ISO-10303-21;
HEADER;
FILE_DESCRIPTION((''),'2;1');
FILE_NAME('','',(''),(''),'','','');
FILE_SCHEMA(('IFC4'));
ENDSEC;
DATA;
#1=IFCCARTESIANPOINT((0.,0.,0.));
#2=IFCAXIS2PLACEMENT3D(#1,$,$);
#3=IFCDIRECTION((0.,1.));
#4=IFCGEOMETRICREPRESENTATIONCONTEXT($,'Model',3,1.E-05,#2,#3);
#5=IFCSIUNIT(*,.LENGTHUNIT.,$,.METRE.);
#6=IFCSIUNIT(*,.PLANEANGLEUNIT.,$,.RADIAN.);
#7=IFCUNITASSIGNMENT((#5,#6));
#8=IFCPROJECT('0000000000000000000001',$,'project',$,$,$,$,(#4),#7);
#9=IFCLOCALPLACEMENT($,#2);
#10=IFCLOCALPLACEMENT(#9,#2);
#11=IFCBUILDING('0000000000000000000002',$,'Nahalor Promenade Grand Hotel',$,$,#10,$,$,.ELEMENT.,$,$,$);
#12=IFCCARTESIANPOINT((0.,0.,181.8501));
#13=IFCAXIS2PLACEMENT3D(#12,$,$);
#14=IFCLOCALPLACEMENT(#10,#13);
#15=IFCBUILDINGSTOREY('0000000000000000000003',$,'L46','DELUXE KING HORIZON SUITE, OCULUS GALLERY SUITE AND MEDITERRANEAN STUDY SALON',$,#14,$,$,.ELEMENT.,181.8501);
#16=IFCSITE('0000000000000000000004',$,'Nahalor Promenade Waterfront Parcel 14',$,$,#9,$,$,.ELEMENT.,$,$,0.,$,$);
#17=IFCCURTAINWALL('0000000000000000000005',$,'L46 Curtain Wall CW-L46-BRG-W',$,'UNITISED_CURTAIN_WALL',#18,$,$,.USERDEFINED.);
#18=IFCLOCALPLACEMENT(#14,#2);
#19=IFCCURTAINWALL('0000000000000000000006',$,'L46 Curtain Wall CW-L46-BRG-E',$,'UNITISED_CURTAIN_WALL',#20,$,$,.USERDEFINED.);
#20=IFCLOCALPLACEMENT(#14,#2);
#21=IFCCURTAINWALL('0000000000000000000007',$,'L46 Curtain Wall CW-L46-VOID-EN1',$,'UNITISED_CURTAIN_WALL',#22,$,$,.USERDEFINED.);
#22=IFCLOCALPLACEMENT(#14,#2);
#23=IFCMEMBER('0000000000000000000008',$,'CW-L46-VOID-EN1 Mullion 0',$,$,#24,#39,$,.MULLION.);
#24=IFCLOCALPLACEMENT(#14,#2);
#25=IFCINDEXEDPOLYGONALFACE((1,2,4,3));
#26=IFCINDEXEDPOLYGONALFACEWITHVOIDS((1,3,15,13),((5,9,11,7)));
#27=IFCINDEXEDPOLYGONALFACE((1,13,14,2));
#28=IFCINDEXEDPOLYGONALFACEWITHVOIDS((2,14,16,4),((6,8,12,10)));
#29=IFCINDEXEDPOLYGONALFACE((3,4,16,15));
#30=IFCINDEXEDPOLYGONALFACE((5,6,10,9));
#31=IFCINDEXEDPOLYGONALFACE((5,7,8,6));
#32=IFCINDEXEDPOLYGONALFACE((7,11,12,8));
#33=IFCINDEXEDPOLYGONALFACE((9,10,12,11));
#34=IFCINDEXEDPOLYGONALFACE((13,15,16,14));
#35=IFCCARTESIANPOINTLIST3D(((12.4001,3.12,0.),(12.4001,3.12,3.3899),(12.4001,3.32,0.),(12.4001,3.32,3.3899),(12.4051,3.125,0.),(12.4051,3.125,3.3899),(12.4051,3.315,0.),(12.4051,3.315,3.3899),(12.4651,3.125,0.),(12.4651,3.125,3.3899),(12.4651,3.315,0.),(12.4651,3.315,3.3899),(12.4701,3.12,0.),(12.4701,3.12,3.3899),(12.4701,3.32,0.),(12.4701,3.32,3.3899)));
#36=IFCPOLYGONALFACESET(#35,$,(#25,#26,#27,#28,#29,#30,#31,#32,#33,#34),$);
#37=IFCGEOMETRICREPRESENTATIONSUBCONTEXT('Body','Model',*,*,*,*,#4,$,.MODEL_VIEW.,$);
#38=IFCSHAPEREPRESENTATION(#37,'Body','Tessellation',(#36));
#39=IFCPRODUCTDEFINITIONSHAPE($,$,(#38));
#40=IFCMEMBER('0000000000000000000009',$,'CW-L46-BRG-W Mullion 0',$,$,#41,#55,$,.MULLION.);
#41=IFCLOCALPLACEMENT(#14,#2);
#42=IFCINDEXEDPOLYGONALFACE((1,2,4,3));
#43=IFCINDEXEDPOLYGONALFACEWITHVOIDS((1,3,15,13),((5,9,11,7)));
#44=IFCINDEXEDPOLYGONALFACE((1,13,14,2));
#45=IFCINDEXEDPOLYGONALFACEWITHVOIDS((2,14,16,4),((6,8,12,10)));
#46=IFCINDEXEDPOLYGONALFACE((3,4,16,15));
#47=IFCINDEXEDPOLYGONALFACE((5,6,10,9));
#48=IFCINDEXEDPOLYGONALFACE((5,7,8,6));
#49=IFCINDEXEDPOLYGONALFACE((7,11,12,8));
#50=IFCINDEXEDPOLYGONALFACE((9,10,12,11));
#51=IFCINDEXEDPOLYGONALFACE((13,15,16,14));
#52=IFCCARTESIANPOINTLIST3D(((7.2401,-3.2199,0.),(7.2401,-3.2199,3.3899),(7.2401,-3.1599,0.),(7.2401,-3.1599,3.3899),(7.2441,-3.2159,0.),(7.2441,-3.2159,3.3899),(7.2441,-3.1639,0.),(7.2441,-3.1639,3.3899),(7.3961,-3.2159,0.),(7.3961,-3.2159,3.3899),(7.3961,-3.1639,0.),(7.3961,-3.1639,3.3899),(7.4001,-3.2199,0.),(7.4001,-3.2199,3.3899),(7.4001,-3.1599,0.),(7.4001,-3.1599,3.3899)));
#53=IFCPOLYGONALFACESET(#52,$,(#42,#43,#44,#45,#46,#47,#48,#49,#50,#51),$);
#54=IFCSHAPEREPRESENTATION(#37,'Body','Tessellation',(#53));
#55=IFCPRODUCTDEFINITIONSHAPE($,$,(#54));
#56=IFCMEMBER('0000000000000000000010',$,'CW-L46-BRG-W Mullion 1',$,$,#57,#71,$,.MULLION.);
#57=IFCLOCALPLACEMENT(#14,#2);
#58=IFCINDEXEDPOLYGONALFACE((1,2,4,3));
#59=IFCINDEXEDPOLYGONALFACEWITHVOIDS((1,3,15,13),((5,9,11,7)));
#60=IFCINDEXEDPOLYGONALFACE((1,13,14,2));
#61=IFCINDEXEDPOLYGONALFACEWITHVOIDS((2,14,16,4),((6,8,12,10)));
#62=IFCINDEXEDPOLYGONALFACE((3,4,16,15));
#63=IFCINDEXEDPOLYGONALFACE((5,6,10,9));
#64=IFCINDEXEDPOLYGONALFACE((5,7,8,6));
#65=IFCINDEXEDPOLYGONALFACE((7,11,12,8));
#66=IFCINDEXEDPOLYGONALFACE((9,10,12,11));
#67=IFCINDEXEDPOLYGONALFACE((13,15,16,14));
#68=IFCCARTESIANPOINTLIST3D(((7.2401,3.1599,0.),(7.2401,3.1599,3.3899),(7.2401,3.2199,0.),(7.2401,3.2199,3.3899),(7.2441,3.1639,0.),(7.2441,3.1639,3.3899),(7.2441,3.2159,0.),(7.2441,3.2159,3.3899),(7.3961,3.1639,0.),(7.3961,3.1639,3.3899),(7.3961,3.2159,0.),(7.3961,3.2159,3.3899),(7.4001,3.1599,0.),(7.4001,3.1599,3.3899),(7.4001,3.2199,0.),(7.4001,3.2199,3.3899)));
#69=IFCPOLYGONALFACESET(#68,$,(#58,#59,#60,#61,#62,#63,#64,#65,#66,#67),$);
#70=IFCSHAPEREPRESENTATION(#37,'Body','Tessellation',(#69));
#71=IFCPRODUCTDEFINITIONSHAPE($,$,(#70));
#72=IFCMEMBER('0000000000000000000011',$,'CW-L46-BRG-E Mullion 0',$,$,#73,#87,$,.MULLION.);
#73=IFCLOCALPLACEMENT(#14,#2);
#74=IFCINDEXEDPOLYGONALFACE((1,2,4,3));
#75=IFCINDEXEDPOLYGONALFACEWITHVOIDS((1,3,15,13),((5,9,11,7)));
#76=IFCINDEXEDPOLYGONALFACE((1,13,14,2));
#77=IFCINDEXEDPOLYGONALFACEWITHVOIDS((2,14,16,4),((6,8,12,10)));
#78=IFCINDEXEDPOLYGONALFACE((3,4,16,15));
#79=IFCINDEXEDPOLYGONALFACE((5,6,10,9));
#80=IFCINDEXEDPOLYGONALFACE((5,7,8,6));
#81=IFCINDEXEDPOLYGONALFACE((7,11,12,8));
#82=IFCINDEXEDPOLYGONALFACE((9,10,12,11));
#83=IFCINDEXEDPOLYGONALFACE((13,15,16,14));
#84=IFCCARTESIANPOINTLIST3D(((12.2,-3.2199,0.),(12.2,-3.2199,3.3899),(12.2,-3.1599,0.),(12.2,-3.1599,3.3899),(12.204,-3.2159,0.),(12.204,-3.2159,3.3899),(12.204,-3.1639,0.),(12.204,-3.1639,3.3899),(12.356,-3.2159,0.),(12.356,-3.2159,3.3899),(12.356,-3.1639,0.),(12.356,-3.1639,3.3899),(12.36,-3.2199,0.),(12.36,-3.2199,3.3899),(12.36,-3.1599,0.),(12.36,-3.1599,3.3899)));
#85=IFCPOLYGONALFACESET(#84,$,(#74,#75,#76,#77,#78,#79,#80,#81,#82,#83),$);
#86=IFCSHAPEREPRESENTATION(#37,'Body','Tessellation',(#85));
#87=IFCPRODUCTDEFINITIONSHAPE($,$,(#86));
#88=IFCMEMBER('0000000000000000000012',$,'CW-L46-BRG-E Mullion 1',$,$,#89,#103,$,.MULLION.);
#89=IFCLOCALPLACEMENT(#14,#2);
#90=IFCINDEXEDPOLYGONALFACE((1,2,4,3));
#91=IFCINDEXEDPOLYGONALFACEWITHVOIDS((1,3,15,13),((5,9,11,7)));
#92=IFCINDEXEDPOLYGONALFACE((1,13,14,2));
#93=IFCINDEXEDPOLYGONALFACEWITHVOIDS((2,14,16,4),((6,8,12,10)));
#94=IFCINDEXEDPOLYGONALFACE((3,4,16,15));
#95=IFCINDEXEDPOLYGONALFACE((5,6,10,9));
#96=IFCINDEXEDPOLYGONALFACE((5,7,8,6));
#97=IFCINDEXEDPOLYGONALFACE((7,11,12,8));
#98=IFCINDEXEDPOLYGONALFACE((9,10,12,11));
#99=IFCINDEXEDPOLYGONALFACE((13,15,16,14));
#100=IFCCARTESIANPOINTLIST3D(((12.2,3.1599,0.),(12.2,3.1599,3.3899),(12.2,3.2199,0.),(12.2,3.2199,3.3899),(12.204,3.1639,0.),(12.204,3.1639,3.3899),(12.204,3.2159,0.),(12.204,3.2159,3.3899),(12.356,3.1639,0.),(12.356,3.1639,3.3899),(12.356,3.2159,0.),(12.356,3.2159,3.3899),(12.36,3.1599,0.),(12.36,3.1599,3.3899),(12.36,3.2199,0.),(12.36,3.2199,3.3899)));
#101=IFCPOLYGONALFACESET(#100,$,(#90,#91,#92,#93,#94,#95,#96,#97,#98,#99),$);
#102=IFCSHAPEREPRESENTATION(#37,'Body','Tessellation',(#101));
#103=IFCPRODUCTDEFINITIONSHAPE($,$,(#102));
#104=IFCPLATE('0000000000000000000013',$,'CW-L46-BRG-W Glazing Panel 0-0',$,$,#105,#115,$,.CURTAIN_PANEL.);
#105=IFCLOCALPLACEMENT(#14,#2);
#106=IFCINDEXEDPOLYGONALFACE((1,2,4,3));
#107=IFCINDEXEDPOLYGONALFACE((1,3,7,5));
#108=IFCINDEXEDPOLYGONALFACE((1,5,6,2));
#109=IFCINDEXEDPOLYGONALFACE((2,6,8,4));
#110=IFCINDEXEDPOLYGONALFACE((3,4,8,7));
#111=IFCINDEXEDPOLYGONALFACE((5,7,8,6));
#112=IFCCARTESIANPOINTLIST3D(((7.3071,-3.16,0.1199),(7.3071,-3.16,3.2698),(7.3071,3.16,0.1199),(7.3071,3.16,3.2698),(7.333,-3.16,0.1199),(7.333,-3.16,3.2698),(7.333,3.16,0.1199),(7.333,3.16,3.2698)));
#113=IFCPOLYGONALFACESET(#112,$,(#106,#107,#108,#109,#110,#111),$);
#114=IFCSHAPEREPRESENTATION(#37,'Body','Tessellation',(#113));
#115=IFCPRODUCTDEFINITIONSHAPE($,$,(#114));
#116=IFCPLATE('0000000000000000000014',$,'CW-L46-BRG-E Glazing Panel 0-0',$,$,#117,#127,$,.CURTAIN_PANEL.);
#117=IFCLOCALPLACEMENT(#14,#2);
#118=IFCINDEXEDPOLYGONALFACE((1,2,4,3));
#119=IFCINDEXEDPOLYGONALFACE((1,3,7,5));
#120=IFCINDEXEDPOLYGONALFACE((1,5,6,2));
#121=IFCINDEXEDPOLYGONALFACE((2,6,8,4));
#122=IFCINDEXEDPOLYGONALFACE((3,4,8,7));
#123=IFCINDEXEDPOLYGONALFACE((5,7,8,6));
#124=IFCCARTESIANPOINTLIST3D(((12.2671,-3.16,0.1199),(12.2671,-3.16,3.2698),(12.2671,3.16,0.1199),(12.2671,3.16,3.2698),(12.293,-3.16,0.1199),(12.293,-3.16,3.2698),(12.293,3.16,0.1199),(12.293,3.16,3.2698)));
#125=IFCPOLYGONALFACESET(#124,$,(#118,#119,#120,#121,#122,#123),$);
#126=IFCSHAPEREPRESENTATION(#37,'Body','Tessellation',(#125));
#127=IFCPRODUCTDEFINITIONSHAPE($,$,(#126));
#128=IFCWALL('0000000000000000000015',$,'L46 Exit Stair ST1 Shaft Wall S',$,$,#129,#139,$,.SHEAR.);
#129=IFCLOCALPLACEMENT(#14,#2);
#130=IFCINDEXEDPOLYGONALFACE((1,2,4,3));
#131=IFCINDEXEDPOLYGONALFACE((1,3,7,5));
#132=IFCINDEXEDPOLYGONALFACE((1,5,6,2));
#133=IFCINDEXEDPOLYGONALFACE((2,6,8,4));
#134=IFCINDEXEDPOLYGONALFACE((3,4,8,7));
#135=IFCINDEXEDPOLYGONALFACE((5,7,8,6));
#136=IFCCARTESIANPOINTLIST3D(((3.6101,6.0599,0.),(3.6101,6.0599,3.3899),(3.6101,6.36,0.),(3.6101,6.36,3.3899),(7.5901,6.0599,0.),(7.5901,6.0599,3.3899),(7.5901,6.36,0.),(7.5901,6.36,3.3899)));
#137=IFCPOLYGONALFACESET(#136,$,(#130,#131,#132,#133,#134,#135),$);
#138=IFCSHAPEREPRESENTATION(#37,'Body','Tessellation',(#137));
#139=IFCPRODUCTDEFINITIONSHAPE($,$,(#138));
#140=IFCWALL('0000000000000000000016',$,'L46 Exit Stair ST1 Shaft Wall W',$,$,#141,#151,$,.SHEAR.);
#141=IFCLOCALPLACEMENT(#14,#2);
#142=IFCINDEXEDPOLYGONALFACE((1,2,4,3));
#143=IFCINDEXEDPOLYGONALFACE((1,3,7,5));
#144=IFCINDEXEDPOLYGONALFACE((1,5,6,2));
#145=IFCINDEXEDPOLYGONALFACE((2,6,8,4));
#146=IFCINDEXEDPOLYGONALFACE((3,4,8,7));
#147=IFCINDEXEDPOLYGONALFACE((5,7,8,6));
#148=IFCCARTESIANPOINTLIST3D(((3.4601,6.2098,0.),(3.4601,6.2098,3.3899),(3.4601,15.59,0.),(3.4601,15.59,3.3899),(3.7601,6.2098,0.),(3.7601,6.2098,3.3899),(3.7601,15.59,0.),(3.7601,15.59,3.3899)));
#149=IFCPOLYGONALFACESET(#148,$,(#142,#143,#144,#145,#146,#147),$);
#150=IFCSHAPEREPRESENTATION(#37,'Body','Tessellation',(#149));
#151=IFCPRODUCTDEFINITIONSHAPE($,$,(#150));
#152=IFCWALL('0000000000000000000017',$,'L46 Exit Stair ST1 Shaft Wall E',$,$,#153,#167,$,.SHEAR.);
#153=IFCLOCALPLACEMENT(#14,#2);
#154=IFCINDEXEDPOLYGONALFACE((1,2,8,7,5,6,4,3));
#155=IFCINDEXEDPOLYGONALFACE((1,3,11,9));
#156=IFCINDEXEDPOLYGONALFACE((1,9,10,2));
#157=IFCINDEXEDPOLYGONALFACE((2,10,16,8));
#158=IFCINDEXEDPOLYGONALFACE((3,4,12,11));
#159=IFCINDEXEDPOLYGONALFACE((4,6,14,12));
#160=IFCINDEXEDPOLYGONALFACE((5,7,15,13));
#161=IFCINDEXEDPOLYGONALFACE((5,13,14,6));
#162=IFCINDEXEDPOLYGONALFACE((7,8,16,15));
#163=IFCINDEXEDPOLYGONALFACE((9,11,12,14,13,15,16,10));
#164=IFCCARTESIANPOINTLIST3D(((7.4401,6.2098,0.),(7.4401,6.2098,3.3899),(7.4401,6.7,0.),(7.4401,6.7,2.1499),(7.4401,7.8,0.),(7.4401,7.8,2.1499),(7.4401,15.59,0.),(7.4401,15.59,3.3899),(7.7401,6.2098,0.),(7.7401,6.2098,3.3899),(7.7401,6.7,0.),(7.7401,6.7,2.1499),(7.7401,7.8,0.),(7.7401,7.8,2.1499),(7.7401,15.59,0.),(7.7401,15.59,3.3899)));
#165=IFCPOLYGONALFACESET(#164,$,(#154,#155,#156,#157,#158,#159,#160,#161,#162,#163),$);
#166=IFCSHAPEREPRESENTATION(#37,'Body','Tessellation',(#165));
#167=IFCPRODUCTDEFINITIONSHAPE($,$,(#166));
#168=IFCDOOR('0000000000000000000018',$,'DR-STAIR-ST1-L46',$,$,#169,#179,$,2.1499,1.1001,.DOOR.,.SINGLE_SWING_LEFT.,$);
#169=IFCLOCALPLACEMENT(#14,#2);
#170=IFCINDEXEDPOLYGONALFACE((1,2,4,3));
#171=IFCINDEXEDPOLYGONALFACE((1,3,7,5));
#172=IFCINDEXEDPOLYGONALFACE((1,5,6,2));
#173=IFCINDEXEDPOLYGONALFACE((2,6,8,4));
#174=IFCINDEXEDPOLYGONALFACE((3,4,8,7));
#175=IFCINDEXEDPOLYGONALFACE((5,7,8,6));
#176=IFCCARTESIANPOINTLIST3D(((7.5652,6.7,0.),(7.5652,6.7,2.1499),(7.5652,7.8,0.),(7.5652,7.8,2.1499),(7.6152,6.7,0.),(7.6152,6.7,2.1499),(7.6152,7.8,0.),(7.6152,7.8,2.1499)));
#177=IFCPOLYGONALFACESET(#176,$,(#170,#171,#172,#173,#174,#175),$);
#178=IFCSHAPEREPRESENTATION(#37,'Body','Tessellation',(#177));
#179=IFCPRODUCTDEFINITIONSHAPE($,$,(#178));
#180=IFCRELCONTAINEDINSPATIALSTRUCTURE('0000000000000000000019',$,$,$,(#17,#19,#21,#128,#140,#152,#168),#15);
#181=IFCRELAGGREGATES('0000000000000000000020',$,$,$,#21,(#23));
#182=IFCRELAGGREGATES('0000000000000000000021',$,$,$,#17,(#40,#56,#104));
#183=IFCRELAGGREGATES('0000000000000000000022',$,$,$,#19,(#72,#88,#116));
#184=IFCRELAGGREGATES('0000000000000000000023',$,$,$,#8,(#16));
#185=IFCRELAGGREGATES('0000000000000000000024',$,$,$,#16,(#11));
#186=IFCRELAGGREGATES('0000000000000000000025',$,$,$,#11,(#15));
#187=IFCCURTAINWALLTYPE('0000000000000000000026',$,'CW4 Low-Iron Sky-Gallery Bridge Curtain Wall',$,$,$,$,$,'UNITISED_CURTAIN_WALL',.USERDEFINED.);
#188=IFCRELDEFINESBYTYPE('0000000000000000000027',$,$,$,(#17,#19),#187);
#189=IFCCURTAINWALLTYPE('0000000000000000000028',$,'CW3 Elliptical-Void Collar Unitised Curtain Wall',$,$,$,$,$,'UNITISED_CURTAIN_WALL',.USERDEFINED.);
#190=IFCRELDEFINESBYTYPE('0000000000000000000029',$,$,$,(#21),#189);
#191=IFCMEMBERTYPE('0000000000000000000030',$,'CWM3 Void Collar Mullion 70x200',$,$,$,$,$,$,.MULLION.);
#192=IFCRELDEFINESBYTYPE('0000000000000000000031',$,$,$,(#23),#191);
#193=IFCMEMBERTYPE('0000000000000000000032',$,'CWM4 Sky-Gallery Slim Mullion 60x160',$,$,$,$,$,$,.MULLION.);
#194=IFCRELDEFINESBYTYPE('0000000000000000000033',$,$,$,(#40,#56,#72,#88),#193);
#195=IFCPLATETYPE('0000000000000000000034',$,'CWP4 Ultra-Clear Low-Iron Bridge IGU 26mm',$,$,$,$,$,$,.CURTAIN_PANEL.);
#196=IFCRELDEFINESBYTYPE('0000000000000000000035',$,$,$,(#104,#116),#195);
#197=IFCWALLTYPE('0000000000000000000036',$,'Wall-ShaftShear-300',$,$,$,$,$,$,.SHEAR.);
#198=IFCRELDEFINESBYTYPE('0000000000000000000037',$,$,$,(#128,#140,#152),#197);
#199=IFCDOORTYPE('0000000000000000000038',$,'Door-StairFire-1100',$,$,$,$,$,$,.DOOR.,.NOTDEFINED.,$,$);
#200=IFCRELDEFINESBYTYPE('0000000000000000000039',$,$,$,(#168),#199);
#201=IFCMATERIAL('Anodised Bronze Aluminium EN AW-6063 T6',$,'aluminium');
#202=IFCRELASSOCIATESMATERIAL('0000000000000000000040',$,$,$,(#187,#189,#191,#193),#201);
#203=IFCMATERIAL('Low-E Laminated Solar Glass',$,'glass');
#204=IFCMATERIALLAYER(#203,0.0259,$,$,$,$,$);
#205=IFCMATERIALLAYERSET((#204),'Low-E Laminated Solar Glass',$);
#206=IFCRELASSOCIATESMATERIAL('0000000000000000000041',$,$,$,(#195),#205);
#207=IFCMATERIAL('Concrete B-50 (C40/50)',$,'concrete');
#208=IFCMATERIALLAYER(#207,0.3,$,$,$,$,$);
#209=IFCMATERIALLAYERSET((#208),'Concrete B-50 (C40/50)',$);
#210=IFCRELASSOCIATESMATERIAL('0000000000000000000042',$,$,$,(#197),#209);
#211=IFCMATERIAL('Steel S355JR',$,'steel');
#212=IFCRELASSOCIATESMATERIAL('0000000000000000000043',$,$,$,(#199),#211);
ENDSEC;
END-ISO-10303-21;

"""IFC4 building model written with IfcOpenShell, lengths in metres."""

from ifc_helpers import new_model, si_unit, direction, frame, frame_2d, origin, origin_2d, place, context, subcontext, project, spatial, rectangle, hollow_rectangle, extrude, source, transform, mapped, material, layer, layer_set, material_profile, profile_set, type_object, element, fill, aggregate, save


model = new_model("IFC4")

# Units and contexts
model_context = context("Model", 3, precision=1e-05, world=origin(), true_north=direction((0.0, 1.0)))
body_context = subcontext(model_context, "Body", "Model", "MODEL_VIEW")
ifc_project = project(units=[si_unit("LENGTHUNIT", "METRE"), si_unit("PLANEANGLEUNIT", "RADIAN")], contexts=[model_context])

# Site, building, storey
site_placement = place(None, origin())
site = spatial("IfcSite", under=ifc_project, at=site_placement, Name="Nahalor Promenade Waterfront Parcel 14", CompositionType="ELEMENT", RefElevation=0.0)
building_placement = place(site_placement, origin())
building = spatial("IfcBuilding", under=site, at=building_placement, Name="Nahalor Promenade Grand Hotel", CompositionType="ELEMENT")
storey_placement = place(building_placement, frame((0.0, 0.0, 181.8501)))
storey = spatial("IfcBuildingStorey", under=building, at=storey_placement, Name="L46", Description="DELUXE KING HORIZON SUITE, OCULUS GALLERY SUITE AND MEDITERRANEAN STUDY SALON", CompositionType="ELEMENT", Elevation=181.8501)

# Shared definitions
ifc_material_1 = material(Name="Steel S355JR", Category="steel")

# Curtain walls
ifc_material_2 = material(Name="Anodised Bronze Aluminium EN AW-6063 T6", Category="aluminium")
curtain_wall_type_1 = type_object("IfcCurtainWallType", Name="CW4 Low-Iron Sky-Gallery Bridge Curtain Wall", ElementType="UNITISED_CURTAIN_WALL", PredefinedType="USERDEFINED", material=ifc_material_2)
curtain_wall_1_placement = place(storey_placement, origin())
curtain_wall_1 = element("IfcCurtainWall", 1, at=curtain_wall_1_placement, inside=storey, type_object=curtain_wall_type_1, Name="L46 Curtain Wall CW-L46-BRG-W", ObjectType="UNITISED_CURTAIN_WALL", PredefinedType="USERDEFINED")
curtain_wall_2_placement = place(storey_placement, origin())
curtain_wall_2 = element("IfcCurtainWall", 2, at=curtain_wall_2_placement, inside=storey, type_object=curtain_wall_type_1, Name="L46 Curtain Wall CW-L46-BRG-E", ObjectType="UNITISED_CURTAIN_WALL", PredefinedType="USERDEFINED")

# Curtain wall
curtain_wall_type_2 = type_object("IfcCurtainWallType", Name="CW3 Elliptical-Void Collar Unitised Curtain Wall", ElementType="UNITISED_CURTAIN_WALL", PredefinedType="USERDEFINED", material=ifc_material_2)
curtain_wall_3_placement = place(storey_placement, origin())
curtain_wall_3 = element("IfcCurtainWall", 3, at=curtain_wall_3_placement, inside=storey, type_object=curtain_wall_type_2, Name="L46 Curtain Wall CW-L46-VOID-EN1", ObjectType="UNITISED_CURTAIN_WALL", PredefinedType="USERDEFINED")
ifc_material_profile_1 = material_profile(ifc_material_2, hollow_rectangle(XDim=0.07, YDim=0.2, WallThickness=0.005, at=origin_2d()), Name="CWM 70x200x5")
ifc_profile_set_1 = profile_set([ifc_material_profile_1], Name="Anodised Bronze Aluminium EN AW-6063 T6")
member_type_1 = type_object("IfcMemberType", Name="CWM3 Void Collar Mullion 70x200", PredefinedType="MULLION", material=ifc_profile_set_1)
shared_shape_1 = source(origin(), body_context, "Body", "SweptSolid", [
    extrude(hollow_rectangle(XDim=0.07, YDim=0.2, WallThickness=0.005, at=origin_2d()), origin(), (0.0, 0.0, 1.0), 3.3899),
])

# Members
member_1_placement = place(storey_placement, frame((12.4351, 3.22, 0.0), z_axis=(0.0, 0.0, 1.0), x_axis=(1.0, 0.0, 0.0)))
member_1 = element("IfcMember", 4, at=member_1_placement, type_object=member_type_1, Name="CW-L46-VOID-EN1 Mullion 0", PredefinedType="MULLION", context=body_context, shape_type="MappedRepresentation", body=[
    mapped(shared_shape_1, transform((0.0, 0.0, 0.0), scale=1.0)),
])
aggregate(curtain_wall_3, [member_1])
ifc_material_profile_2 = material_profile(ifc_material_2, hollow_rectangle(XDim=0.06, YDim=0.16, WallThickness=0.004, at=origin_2d()), Name="CWM 60x160x4")
ifc_profile_set_2 = profile_set([ifc_material_profile_2], Name="Anodised Bronze Aluminium EN AW-6063 T6")
member_type_2 = type_object("IfcMemberType", Name="CWM4 Sky-Gallery Slim Mullion 60x160", PredefinedType="MULLION", material=ifc_profile_set_2)
shared_shape_2 = source(origin(), body_context, "Body", "SweptSolid", [
    extrude(hollow_rectangle(XDim=0.06, YDim=0.16, WallThickness=0.004, at=origin_2d()), origin(), (0.0, 0.0, 1.0), 3.3899),
])
member_2_placement = place(storey_placement, frame((7.3201, -3.1899, 0.0), z_axis=(0.0, 0.0, 1.0), x_axis=(0.0, 1.0, 0.0)))
member_2 = element("IfcMember", 5, at=member_2_placement, type_object=member_type_2, Name="CW-L46-BRG-W Mullion 0", PredefinedType="MULLION", context=body_context, shape_type="MappedRepresentation", body=[
    mapped(shared_shape_2, transform((0.0, 0.0, 0.0), scale=1.0)),
])
member_3_placement = place(storey_placement, frame((7.3201, 3.1899, 0.0), z_axis=(0.0, 0.0, 1.0), x_axis=(0.0, 1.0, 0.0)))
member_3 = element("IfcMember", 6, at=member_3_placement, type_object=member_type_2, Name="CW-L46-BRG-W Mullion 1", PredefinedType="MULLION", context=body_context, shape_type="MappedRepresentation", body=[
    mapped(shared_shape_2, transform((0.0, 0.0, 0.0), scale=1.0)),
])
member_4_placement = place(storey_placement, frame((12.28, -3.1899, 0.0), z_axis=(0.0, 0.0, 1.0), x_axis=(0.0, 1.0, 0.0)))
member_4 = element("IfcMember", 7, at=member_4_placement, type_object=member_type_2, Name="CW-L46-BRG-E Mullion 0", PredefinedType="MULLION", context=body_context, shape_type="MappedRepresentation", body=[
    mapped(shared_shape_2, transform((0.0, 0.0, 0.0), scale=1.0)),
])
member_5_placement = place(storey_placement, frame((12.28, 3.1899, 0.0), z_axis=(0.0, 0.0, 1.0), x_axis=(0.0, 1.0, 0.0)))
member_5 = element("IfcMember", 8, at=member_5_placement, type_object=member_type_2, Name="CW-L46-BRG-E Mullion 1", PredefinedType="MULLION", context=body_context, shape_type="MappedRepresentation", body=[
    mapped(shared_shape_2, transform((0.0, 0.0, 0.0), scale=1.0)),
])

# Plates
ifc_material_3 = material(Name="Low-E Laminated Solar Glass", Category="glass")
ifc_layer_1 = layer(ifc_material_3, 0.0259)
ifc_layer_set_1 = layer_set([ifc_layer_1], Name="Low-E Laminated Solar Glass")
plate_type = type_object("IfcPlateType", Name="CWP4 Ultra-Clear Low-Iron Bridge IGU 26mm", PredefinedType="CURTAIN_PANEL", material=ifc_layer_set_1)
shared_shape_3 = source(origin(), body_context, "Body", "SweptSolid", [
    extrude(rectangle(XDim=6.3201, YDim=0.0259, at=origin_2d()), origin(), (0.0, 0.0, 1.0), 3.1499),
])
plate_1_placement = place(storey_placement, frame((7.3201, 0.0, 0.1199), z_axis=(0.0, 0.0, 1.0), x_axis=(0.0, 1.0, 0.0)))
plate_1 = element("IfcPlate", 9, at=plate_1_placement, type_object=plate_type, Name="CW-L46-BRG-W Glazing Panel 0-0", PredefinedType="CURTAIN_PANEL", context=body_context, shape_type="MappedRepresentation", body=[
    mapped(shared_shape_3, transform((0.0, 0.0, 0.0), scale=1.0)),
])
aggregate(curtain_wall_1, [member_2, member_3, plate_1])
plate_2_placement = place(storey_placement, frame((12.28, 0.0, 0.1199), z_axis=(0.0, 0.0, 1.0), x_axis=(0.0, 1.0, 0.0)))
plate_2 = element("IfcPlate", 10, at=plate_2_placement, type_object=plate_type, Name="CW-L46-BRG-E Glazing Panel 0-0", PredefinedType="CURTAIN_PANEL", context=body_context, shape_type="MappedRepresentation", body=[
    mapped(shared_shape_3, transform((0.0, 0.0, 0.0), scale=1.0)),
])
aggregate(curtain_wall_2, [member_4, member_5, plate_2])

# Walls
ifc_material_4 = material(Name="Concrete B-50 (C40/50)", Category="concrete")
ifc_layer_2 = layer(ifc_material_4, 0.3)
ifc_layer_set_2 = layer_set([ifc_layer_2], Name="Concrete B-50 (C40/50)")
wall_type_1 = type_object("IfcWallType", Name="Wall-ShaftShear-300", PredefinedType="SHEAR", material=ifc_layer_set_2)
shared_shape_4 = source(origin(), body_context, "Body", "SweptSolid", [
    extrude(rectangle(XDim=3.98, YDim=0.3, at=frame_2d((1.99, 0.0))), origin(), (0.0, 0.0, 1.0), 3.3899),
])
wall_1_placement = place(storey_placement, frame((3.6101, 6.21, 0.0), z_axis=(0.0, 0.0, 1.0), x_axis=(1.0, 0.0, 0.0)))
element("IfcWall", 11, at=wall_1_placement, inside=storey, type_object=wall_type_1, Name="L46 Exit Stair ST1 Shaft Wall S", PredefinedType="SHEAR", context=body_context, shape_type="MappedRepresentation", body=[
    mapped(shared_shape_4, transform((0.0, 0.0, 0.0), scale=1.0)),
])
shared_shape_5 = source(origin(), body_context, "Body", "SweptSolid", [
    extrude(rectangle(XDim=9.3801, YDim=0.3, at=frame_2d((4.6899, 0.0))), origin(), (0.0, 0.0, 1.0), 3.3899),
])
wall_2_placement = place(storey_placement, frame((3.6101, 6.21, 0.0), z_axis=(0.0, 0.0, 1.0), x_axis=(0.0, 1.0, 0.0)))
element("IfcWall", 12, at=wall_2_placement, inside=storey, type_object=wall_type_1, Name="L46 Exit Stair ST1 Shaft Wall W", PredefinedType="SHEAR", context=body_context, shape_type="MappedRepresentation", body=[
    mapped(shared_shape_5, transform((0.0, 0.0, 0.0), scale=1.0)),
])

# Wall, opening, door
wall_3_placement = place(storey_placement, frame((7.5901, 6.21, 0.0), z_axis=(0.0, 0.0, 1.0), x_axis=(0.0, 1.0, 0.0)))
wall_3 = element("IfcWall", 13, at=wall_3_placement, inside=storey, type_object=wall_type_1, Name="L46 Exit Stair ST1 Shaft Wall E", PredefinedType="SHEAR", context=body_context, shape_type="MappedRepresentation", body=[
    mapped(shared_shape_5, transform((0.0, 0.0, 0.0), scale=1.0)),
])
opening_1_placement = place(wall_3_placement, frame((0.49, 0.0, 0.0)))
opening_1 = element("IfcOpeningElement", 14, at=opening_1_placement, cuts=wall_3, PredefinedType="OPENING", context=body_context, shape_type="SweptSolid", body=[
    extrude(rectangle(XDim=1.1001, YDim=2.1499, at=frame_2d((0.55, 1.075))), frame((0.0, 0.1599, 0.0), z_axis=(0.0, -1.0, 0.0), x_axis=(1.0, 0.0, 0.0)), (0.0, 0.0, 1.0), 0.3201),
])
door_type_1 = type_object("IfcDoorType", Name="Door-StairFire-1100", OperationType="NOTDEFINED", PredefinedType="DOOR", material=ifc_material_1)
shared_shape_6 = source(origin(), body_context, "Body", "SweptSolid", [
    extrude(rectangle(XDim=1.1001, YDim=2.1499, at=frame_2d((0.55, 1.075))), frame((0.0, 0.0249, 0.0), z_axis=(0.0, -1.0, 0.0), x_axis=(1.0, 0.0, 0.0)), (0.0, 0.0, 1.0), 0.05),
])
door_1_placement = place(opening_1_placement, origin())
door_1 = element("IfcDoor", 15, at=door_1_placement, inside=storey, type_object=door_type_1, Name="DR-STAIR-ST1-L46", OperationType="SINGLE_SWING_LEFT", OverallHeight=2.1499, OverallWidth=1.1001, PredefinedType="DOOR", context=body_context, shape_type="MappedRepresentation", body=[
    mapped(shared_shape_6, transform((0.0, 0.0, 0.0), scale=1.0)),
])
fill(opening_1, door_1)

save(model, "model.ifc")
